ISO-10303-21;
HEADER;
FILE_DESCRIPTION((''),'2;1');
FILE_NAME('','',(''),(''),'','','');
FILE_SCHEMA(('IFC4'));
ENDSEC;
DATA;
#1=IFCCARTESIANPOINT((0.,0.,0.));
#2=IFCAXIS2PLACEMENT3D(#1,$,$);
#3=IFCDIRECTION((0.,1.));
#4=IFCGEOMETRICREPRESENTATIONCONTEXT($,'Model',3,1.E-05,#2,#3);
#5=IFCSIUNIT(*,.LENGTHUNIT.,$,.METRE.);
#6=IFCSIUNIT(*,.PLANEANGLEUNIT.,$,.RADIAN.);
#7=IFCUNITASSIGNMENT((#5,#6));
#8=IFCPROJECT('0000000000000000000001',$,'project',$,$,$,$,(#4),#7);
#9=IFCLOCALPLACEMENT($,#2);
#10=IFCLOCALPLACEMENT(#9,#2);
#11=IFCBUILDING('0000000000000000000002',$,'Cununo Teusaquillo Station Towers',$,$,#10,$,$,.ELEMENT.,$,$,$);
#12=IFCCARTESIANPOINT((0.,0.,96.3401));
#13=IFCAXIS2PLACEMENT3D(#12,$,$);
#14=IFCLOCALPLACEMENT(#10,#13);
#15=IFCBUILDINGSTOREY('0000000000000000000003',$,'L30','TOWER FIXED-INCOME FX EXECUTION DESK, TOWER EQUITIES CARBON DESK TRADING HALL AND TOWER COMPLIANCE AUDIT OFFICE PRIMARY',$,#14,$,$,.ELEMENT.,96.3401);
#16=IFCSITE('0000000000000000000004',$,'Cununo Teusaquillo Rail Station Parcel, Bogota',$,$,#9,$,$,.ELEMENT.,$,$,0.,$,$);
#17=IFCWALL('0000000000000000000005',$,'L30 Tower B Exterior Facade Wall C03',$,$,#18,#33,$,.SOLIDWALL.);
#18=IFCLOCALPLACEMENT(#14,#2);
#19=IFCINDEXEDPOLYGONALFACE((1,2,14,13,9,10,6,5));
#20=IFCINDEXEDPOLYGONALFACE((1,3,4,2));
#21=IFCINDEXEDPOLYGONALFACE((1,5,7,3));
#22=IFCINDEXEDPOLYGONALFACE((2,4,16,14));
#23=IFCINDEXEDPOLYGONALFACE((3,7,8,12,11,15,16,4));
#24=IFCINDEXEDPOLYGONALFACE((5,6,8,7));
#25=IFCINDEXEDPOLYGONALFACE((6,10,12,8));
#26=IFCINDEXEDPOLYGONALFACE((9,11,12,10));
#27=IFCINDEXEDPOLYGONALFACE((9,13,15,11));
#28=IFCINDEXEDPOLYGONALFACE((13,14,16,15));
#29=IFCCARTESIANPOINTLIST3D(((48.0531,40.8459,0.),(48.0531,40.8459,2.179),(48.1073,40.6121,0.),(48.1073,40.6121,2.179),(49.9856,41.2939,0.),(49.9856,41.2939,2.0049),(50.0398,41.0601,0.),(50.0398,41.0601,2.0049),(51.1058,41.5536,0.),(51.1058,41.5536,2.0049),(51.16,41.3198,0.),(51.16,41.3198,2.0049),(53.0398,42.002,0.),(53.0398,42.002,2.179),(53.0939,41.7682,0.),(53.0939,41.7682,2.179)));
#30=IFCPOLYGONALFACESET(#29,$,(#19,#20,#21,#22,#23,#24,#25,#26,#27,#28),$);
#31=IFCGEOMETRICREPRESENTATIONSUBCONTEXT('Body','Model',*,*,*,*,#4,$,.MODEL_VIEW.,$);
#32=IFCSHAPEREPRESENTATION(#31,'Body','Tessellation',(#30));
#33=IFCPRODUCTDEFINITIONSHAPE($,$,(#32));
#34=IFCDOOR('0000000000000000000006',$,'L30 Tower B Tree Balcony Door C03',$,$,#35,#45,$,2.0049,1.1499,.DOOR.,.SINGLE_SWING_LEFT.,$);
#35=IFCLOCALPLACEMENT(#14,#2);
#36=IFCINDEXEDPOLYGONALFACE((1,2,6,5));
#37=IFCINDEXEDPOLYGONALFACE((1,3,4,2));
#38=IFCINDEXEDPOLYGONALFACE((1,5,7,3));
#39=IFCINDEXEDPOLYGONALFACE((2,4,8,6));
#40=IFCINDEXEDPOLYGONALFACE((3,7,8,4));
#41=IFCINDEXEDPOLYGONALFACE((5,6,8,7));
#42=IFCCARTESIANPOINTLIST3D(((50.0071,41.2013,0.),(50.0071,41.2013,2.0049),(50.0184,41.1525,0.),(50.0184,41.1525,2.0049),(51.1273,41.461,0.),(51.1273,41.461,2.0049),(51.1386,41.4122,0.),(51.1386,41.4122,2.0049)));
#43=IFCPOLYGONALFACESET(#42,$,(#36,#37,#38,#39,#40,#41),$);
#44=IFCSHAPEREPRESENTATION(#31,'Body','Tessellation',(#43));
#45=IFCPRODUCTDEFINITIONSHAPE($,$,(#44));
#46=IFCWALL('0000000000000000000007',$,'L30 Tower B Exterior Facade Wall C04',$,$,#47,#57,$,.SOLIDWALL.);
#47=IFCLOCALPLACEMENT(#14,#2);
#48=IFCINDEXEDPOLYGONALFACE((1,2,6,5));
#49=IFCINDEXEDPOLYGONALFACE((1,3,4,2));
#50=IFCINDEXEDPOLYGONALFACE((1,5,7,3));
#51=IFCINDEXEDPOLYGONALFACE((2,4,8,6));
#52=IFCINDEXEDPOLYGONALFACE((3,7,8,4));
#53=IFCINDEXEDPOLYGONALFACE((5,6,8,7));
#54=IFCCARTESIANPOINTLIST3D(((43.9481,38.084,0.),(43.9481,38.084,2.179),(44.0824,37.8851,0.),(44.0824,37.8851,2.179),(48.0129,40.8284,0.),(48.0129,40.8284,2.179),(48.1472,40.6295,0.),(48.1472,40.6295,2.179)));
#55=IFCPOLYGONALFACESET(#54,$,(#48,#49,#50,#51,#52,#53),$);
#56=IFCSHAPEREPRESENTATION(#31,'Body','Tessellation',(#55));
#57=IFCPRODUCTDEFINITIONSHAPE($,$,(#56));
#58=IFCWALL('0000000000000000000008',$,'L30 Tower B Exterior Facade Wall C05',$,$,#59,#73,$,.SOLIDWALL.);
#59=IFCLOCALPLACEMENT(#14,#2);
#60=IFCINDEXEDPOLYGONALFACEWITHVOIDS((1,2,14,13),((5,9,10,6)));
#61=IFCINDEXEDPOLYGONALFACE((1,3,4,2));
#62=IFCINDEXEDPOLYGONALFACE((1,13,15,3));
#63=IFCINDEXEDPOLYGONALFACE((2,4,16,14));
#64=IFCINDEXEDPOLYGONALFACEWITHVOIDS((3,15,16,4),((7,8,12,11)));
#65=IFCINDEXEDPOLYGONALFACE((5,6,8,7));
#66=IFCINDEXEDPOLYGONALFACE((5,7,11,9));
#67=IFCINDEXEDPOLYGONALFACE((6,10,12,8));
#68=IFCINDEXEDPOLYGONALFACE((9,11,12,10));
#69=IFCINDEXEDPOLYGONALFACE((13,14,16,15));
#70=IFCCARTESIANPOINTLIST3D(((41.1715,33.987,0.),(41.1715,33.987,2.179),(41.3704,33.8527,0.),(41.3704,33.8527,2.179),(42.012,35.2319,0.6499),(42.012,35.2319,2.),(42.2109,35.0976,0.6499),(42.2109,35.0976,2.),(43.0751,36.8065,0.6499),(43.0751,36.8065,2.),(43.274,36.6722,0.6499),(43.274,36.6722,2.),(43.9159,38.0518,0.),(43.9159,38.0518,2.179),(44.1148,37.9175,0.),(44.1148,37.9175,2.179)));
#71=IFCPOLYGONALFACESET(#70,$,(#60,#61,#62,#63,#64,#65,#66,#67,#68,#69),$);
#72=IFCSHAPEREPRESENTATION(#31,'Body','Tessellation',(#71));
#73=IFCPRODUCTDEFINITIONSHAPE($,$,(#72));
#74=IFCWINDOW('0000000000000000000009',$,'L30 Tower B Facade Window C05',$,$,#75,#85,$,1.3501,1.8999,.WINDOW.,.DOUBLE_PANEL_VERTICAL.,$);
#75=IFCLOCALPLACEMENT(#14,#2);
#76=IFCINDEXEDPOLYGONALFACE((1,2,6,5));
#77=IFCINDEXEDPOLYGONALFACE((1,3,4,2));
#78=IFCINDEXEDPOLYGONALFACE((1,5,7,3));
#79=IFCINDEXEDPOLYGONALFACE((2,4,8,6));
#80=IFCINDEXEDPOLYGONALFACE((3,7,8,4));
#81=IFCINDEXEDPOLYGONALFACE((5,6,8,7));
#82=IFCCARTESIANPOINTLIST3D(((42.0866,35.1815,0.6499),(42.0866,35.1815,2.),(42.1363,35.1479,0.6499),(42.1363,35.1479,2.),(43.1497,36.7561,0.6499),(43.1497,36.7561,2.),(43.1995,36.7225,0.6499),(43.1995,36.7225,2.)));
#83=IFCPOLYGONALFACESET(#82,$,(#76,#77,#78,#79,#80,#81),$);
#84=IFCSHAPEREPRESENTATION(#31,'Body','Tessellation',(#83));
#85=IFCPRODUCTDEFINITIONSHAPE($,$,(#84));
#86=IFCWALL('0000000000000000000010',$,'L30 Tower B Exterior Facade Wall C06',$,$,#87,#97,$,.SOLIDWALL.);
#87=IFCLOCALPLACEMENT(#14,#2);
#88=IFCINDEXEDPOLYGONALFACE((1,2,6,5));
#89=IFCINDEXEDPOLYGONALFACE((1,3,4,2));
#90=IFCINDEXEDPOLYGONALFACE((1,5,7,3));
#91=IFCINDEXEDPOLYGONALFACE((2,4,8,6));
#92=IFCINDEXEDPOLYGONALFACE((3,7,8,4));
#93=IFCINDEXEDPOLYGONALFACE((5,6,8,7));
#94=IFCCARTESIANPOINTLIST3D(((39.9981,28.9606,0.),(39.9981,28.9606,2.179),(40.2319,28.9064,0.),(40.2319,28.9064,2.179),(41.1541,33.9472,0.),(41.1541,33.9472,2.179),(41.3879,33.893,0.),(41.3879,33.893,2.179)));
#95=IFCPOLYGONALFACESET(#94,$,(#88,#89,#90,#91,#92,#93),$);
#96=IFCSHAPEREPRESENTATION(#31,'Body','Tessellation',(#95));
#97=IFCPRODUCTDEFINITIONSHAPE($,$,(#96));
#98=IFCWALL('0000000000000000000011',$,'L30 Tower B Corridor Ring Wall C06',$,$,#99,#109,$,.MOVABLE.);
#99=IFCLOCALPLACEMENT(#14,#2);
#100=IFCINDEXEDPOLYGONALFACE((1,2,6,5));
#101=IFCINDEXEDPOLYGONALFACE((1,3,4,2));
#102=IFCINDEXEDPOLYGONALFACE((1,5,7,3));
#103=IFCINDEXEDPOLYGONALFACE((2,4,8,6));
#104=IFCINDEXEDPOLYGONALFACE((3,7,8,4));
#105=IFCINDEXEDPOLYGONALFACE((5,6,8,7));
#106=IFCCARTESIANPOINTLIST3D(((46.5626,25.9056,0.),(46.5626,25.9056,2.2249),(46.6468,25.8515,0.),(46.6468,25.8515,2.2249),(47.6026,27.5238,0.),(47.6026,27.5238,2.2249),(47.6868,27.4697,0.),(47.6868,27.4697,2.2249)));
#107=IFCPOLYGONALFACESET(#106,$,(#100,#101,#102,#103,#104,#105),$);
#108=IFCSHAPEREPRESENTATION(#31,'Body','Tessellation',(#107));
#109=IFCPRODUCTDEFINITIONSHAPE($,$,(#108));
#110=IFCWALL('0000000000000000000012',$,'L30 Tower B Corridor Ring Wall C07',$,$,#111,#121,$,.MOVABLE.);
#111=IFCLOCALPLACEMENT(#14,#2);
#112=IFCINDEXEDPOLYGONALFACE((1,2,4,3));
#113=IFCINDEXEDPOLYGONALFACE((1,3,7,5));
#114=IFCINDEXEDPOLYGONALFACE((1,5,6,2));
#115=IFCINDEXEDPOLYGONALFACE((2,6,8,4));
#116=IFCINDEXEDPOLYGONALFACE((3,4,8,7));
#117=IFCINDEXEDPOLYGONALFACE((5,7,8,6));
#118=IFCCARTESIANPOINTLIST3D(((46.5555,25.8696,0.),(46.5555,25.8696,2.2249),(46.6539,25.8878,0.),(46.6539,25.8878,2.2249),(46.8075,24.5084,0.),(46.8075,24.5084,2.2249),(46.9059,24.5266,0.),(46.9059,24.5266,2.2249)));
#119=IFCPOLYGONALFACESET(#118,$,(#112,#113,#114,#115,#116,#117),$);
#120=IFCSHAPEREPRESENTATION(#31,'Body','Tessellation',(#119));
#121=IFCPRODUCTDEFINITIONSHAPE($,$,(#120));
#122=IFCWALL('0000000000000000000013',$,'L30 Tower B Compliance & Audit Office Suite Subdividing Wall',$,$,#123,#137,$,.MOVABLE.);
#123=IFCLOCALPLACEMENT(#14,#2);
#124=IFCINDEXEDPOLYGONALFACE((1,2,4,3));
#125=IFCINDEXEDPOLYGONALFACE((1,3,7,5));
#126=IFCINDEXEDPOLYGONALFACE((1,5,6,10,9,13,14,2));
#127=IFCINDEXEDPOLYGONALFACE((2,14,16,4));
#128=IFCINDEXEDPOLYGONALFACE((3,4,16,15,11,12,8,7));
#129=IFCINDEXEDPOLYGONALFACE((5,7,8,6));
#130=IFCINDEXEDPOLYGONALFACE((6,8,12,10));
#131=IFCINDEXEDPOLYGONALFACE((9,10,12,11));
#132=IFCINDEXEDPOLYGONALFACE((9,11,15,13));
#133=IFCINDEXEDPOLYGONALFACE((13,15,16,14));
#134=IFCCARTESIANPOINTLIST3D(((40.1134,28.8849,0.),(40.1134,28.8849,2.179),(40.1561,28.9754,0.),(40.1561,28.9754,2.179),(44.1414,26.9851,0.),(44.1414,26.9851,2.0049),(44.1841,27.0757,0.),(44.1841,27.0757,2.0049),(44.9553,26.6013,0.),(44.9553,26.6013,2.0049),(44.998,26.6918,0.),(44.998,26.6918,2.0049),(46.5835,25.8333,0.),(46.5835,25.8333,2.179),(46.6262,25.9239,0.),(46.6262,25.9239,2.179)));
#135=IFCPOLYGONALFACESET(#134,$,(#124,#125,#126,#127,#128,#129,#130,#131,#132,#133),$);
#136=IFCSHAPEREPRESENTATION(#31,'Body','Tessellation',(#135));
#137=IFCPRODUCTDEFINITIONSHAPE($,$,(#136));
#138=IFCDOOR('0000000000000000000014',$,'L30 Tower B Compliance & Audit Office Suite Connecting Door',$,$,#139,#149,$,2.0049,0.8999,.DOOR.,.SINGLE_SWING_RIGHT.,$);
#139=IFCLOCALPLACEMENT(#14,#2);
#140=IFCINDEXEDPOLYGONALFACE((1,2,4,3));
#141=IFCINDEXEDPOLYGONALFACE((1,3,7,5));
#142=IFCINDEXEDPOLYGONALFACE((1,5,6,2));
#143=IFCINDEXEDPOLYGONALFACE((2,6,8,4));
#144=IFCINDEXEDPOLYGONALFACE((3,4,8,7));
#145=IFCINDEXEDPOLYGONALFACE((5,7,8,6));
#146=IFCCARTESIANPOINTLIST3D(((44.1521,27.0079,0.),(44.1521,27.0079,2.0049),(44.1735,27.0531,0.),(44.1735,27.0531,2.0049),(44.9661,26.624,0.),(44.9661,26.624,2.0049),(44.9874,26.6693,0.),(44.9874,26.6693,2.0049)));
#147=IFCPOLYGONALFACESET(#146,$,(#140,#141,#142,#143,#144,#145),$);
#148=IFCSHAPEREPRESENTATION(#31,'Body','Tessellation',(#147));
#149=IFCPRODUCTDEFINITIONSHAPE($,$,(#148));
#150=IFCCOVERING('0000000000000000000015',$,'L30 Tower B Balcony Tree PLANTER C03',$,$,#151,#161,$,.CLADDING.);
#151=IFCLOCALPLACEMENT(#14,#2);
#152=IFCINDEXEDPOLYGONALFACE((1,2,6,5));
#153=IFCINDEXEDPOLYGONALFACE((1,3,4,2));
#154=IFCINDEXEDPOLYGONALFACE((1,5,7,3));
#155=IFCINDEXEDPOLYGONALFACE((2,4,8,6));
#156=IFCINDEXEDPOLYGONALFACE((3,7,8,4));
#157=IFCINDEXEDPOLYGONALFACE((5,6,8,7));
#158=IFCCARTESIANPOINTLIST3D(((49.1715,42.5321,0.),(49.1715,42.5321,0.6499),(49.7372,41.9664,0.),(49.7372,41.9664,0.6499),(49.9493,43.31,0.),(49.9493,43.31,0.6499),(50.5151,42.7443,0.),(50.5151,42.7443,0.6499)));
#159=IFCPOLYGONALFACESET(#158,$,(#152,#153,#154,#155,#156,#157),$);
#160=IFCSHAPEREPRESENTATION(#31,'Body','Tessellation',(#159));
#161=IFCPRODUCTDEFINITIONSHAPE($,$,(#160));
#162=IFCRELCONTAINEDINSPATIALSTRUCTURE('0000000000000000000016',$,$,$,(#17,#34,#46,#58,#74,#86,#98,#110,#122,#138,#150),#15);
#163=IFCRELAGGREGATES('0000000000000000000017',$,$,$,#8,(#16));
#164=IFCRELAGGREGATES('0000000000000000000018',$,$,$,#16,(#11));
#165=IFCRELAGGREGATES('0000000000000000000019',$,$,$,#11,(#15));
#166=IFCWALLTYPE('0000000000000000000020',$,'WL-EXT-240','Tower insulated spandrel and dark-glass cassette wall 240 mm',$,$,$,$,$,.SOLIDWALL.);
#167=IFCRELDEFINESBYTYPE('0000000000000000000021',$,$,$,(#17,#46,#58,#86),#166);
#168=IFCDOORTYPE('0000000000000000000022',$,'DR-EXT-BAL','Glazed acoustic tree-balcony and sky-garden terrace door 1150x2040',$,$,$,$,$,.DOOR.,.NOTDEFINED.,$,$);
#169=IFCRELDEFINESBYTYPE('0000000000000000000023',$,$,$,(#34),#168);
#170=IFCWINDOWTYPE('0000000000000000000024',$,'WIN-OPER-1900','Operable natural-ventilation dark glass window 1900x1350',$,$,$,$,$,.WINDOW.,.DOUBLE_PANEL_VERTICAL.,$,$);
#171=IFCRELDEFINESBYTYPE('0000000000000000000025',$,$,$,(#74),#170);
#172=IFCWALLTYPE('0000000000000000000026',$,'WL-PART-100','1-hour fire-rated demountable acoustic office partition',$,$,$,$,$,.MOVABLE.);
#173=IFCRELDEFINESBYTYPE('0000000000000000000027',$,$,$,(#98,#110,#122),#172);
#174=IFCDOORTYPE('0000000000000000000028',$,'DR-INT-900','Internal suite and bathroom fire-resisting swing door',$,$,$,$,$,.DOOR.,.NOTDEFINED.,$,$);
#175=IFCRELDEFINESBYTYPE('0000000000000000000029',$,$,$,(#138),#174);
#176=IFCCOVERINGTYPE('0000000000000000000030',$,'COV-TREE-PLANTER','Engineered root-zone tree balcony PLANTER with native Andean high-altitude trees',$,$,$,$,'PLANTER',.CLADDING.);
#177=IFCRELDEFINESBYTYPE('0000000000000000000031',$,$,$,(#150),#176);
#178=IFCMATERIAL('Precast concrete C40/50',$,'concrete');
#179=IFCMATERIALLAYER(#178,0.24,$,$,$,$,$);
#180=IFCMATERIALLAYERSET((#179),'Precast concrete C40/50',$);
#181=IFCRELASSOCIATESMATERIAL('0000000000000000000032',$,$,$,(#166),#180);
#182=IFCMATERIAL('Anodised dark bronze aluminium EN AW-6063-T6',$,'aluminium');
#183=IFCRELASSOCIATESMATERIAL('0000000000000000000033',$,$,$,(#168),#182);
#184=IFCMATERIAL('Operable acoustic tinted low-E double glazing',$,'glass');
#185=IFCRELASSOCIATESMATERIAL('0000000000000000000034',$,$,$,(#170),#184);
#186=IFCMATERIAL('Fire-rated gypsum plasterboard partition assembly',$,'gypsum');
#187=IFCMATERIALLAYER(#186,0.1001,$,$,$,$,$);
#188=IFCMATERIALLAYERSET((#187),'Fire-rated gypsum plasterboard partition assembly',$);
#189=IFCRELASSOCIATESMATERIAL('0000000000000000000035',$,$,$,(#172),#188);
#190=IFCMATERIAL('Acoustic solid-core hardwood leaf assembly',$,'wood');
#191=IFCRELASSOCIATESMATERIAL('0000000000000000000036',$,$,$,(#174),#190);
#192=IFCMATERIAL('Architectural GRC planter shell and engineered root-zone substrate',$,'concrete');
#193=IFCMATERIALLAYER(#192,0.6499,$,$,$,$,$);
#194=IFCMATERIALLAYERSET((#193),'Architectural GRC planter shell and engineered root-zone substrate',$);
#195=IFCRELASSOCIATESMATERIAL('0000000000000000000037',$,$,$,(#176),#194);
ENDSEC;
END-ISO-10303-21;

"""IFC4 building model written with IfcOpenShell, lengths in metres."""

from ifc_helpers import new_model, si_unit, direction, frame, frame_2d, origin, origin_2d, place, context, subcontext, project, spatial, rectangle, extrude, source, transform, mapped, material, layer, layer_set, type_object, element, fill, save


model = new_model("IFC4")

# Units and contexts
model_context = context("Model", 3, precision=1e-05, world=origin(), true_north=direction((0.0, 1.0)))
body_context = subcontext(model_context, "Body", "Model", "MODEL_VIEW")
ifc_project = project(units=[si_unit("LENGTHUNIT", "METRE"), si_unit("PLANEANGLEUNIT", "RADIAN")], contexts=[model_context])

# Site, building, storey
site_placement = place(None, origin())
site = spatial("IfcSite", under=ifc_project, at=site_placement, Name="Cununo Teusaquillo Rail Station Parcel, Bogota", CompositionType="ELEMENT", RefElevation=0.0)
building_placement = place(site_placement, origin())
building = spatial("IfcBuilding", under=site, at=building_placement, Name="Cununo Teusaquillo Station Towers", CompositionType="ELEMENT")
storey_placement = place(building_placement, frame((0.0, 0.0, 96.3401)))
storey = spatial("IfcBuildingStorey", under=building, at=storey_placement, Name="L30", Description="TOWER FIXED-INCOME FX EXECUTION DESK, TOWER EQUITIES CARBON DESK TRADING HALL AND TOWER COMPLIANCE AUDIT OFFICE PRIMARY", CompositionType="ELEMENT", Elevation=96.3401)

# Wall, opening, door
ifc_material_1 = material(Name="Precast concrete C40/50", Category="concrete")
ifc_layer_1 = layer(ifc_material_1, 0.24)
ifc_layer_set_1 = layer_set([ifc_layer_1], Name="Precast concrete C40/50")
wall_type_1 = type_object("IfcWallType", Name="WL-EXT-240", Description="Tower insulated spandrel and dark-glass cassette wall 240 mm", PredefinedType="SOLIDWALL", material=ifc_layer_set_1)
wall_1_placement = place(storey_placement, frame((48.0801, 40.729, 0.0), z_axis=(0.0, 0.0, 1.0), x_axis=(0.974166, 0.225835, 0.0)))
wall_1 = element("IfcWall", 1, at=wall_1_placement, inside=storey, type_object=wall_type_1, Name="L30 Tower B Exterior Facade Wall C03", PredefinedType="SOLIDWALL", context=body_context, shape_type="SweptSolid", body=[
    extrude(rectangle(XDim=5.1189, YDim=0.24, at=frame_2d((2.5596, 0.0))), origin(), (0.0, 0.0, 1.0), 2.179),
])
shared_shape_1 = source(origin(), body_context, "Body", "SweptSolid", [
    extrude(rectangle(XDim=1.1499, YDim=2.0049, at=frame_2d((0.575, 1.0024))), frame((0.0, 0.1299, 0.0), z_axis=(0.0, -1.0, 0.0), x_axis=(1.0, 0.0, 0.0)), (0.0, 0.0, 1.0), 0.26),
])
opening_1_placement = place(wall_1_placement, frame((1.9839, 0.0, 0.0)))
opening_1 = element("IfcOpeningElement", 2, at=opening_1_placement, cuts=wall_1, PredefinedType="OPENING", context=body_context, shape_type="MappedRepresentation", body=[
    mapped(shared_shape_1, transform((0.0, 0.0, 0.0), x_axis=(1.0, 0.0, 0.0), y_axis=(0.0, 1.0, 0.0), z_axis=(0.0, 0.0, 1.0), scale=1.0)),
])
ifc_material_2 = material(Name="Anodised dark bronze aluminium EN AW-6063-T6", Category="aluminium")
door_type_1 = type_object("IfcDoorType", Name="DR-EXT-BAL", Description="Glazed acoustic tree-balcony and sky-garden terrace door 1150x2040", OperationType="NOTDEFINED", PredefinedType="DOOR", material=ifc_material_2)
shared_shape_2 = source(origin(), body_context, "Body", "SweptSolid", [
    extrude(rectangle(XDim=1.1499, YDim=2.0049, at=frame_2d((0.575, 1.0024))), frame((0.0, 0.0249, 0.0), z_axis=(0.0, -1.0, 0.0), x_axis=(1.0, 0.0, 0.0)), (0.0, 0.0, 1.0), 0.05),
])
door_1_placement = place(opening_1_placement, origin())
door_1 = element("IfcDoor", 3, at=door_1_placement, inside=storey, type_object=door_type_1, Name="L30 Tower B Tree Balcony Door C03", OperationType="SINGLE_SWING_LEFT", OverallHeight=2.0049, OverallWidth=1.1499, PredefinedType="DOOR", context=body_context, shape_type="MappedRepresentation", body=[
    mapped(shared_shape_2, transform((0.0, 0.0, 0.0), x_axis=(1.0, 0.0, 0.0), y_axis=(0.0, 1.0, 0.0), z_axis=(0.0, 0.0, 1.0), scale=1.0)),
])
fill(opening_1, door_1)

# Wall
wall_2_placement = place(storey_placement, frame((44.0154, 37.9846, 0.0), z_axis=(0.0, 0.0, 1.0), x_axis=(0.828781, 0.559573, 0.0)))
element("IfcWall", 4, at=wall_2_placement, inside=storey, type_object=wall_type_1, Name="L30 Tower B Exterior Facade Wall C04", PredefinedType="SOLIDWALL", context=body_context, shape_type="SweptSolid", body=[
    extrude(rectangle(XDim=4.9045, YDim=0.24, at=frame_2d((2.4521, 0.0))), origin(), (0.0, 0.0, 1.0), 2.179),
])

# Wall, opening, window
wall_3_placement = place(storey_placement, frame((41.271, 33.9199, 0.0), z_axis=(0.0, 0.0, 1.0), x_axis=(0.559573, 0.828781, 0.0)))
wall_3 = element("IfcWall", 5, at=wall_3_placement, inside=storey, type_object=wall_type_1, Name="L30 Tower B Exterior Facade Wall C05", PredefinedType="SOLIDWALL", context=body_context, shape_type="SweptSolid", body=[
    extrude(rectangle(XDim=4.9045, YDim=0.24, at=frame_2d((2.4521, 0.0))), origin(), (0.0, 0.0, 1.0), 2.179),
])
shared_shape_3 = source(origin(), body_context, "Body", "SweptSolid", [
    extrude(rectangle(XDim=1.8999, YDim=1.3501, at=frame_2d((0.95, 0.675))), frame((0.0, 0.1299, 0.0), z_axis=(0.0, -1.0, 0.0), x_axis=(1.0, 0.0, 0.0)), (0.0, 0.0, 1.0), 0.26),
])
opening_2_placement = place(wall_3_placement, frame((1.502, 0.0, 0.6499)))
opening_2 = element("IfcOpeningElement", 6, at=opening_2_placement, cuts=wall_3, PredefinedType="OPENING", context=body_context, shape_type="MappedRepresentation", body=[
    mapped(shared_shape_3, transform((0.0, 0.0, 0.0), x_axis=(1.0, 0.0, 0.0), y_axis=(0.0, 1.0, 0.0), z_axis=(0.0, 0.0, 1.0), scale=1.0)),
])
ifc_material_3 = material(Name="Operable acoustic tinted low-E double glazing", Category="glass")
window_type = type_object("IfcWindowType", Name="WIN-OPER-1900", Description="Operable natural-ventilation dark glass window 1900x1350", PartitioningType="DOUBLE_PANEL_VERTICAL", PredefinedType="WINDOW", material=ifc_material_3)
shared_shape_4 = source(origin(), body_context, "Body", "SweptSolid", [
    extrude(rectangle(XDim=1.8999, YDim=1.3501, at=frame_2d((0.95, 0.675))), frame((0.0, 0.03, 0.0), z_axis=(0.0, -1.0, 0.0), x_axis=(1.0, 0.0, 0.0)), (0.0, 0.0, 1.0), 0.0601),
])
window_placement = place(opening_2_placement, origin())
window = element("IfcWindow", 7, at=window_placement, inside=storey, type_object=window_type, Name="L30 Tower B Facade Window C05", OverallHeight=1.3501, OverallWidth=1.8999, PartitioningType="DOUBLE_PANEL_VERTICAL", PredefinedType="WINDOW", context=body_context, shape_type="MappedRepresentation", body=[
    mapped(shared_shape_4, transform((0.0, 0.0, 0.0), x_axis=(1.0, 0.0, 0.0), y_axis=(0.0, 1.0, 0.0), z_axis=(0.0, 0.0, 1.0), scale=1.0)),
])
fill(opening_2, window)

# Walls
wall_4_placement = place(storey_placement, frame((40.115, 28.9333, 0.0), z_axis=(0.0, 0.0, 1.0), x_axis=(0.225835, 0.974166, 0.0)))
element("IfcWall", 8, at=wall_4_placement, inside=storey, type_object=wall_type_1, Name="L30 Tower B Exterior Facade Wall C06", PredefinedType="SOLIDWALL", context=body_context, shape_type="SweptSolid", body=[
    extrude(rectangle(XDim=5.1189, YDim=0.24, at=frame_2d((2.5596, 0.0))), origin(), (0.0, 0.0, 1.0), 2.179),
])
ifc_material_4 = material(Name="Fire-rated gypsum plasterboard partition assembly", Category="gypsum")
ifc_layer_2 = layer(ifc_material_4, 0.1001)
ifc_layer_set_2 = layer_set([ifc_layer_2], Name="Fire-rated gypsum plasterboard partition assembly")
wall_type_2 = type_object("IfcWallType", Name="WL-PART-100", Description="1-hour fire-rated demountable acoustic office partition", PredefinedType="MOVABLE", material=ifc_layer_set_2)
wall_5_placement = place(storey_placement, frame((47.6448, 27.4968, 0.0), z_axis=(0.0, 0.0, 1.0), x_axis=(-0.540681, -0.841228, 0.0)))
element("IfcWall", 9, at=wall_5_placement, inside=storey, type_object=wall_type_2, Name="L30 Tower B Corridor Ring Wall C06", PredefinedType="MOVABLE", context=body_context, shape_type="SweptSolid", body=[
    extrude(rectangle(XDim=1.9236, YDim=0.1001, at=frame_2d((0.9619, 0.0))), origin(), (0.0, 0.0, 1.0), 2.2249),
])
wall_6_placement = place(storey_placement, frame((46.6047, 25.8787, 0.0), z_axis=(0.0, 0.0, 1.0), x_axis=(0.18202, -0.983295, 0.0)))
element("IfcWall", 10, at=wall_6_placement, inside=storey, type_object=wall_type_2, Name="L30 Tower B Corridor Ring Wall C07", PredefinedType="MOVABLE", context=body_context, shape_type="SweptSolid", body=[
    extrude(rectangle(XDim=1.3843, YDim=0.1001, at=frame_2d((0.6921, 0.0))), origin(), (0.0, 0.0, 1.0), 2.2249),
])

# Wall, opening, door
wall_7_placement = place(storey_placement, frame((46.6047, 25.8787, 0.0), z_axis=(0.0, 0.0, 1.0), x_axis=(-0.904451, 0.426578, 0.0)))
wall_7 = element("IfcWall", 11, at=wall_7_placement, inside=storey, type_object=wall_type_2, Name="L30 Tower B Compliance & Audit Office Suite Subdividing Wall", PredefinedType="MOVABLE", context=body_context, shape_type="SweptSolid", body=[
    extrude(rectangle(XDim=7.1536, YDim=0.1001, at=frame_2d((3.5767, 0.0))), origin(), (0.0, 0.0, 1.0), 2.179),
])
shared_shape_5 = source(origin(), body_context, "Body", "SweptSolid", [
    extrude(rectangle(XDim=0.8999, YDim=2.0049, at=frame_2d((0.45, 1.0024))), frame((0.0, 0.0601, 0.0), z_axis=(0.0, -1.0, 0.0), x_axis=(1.0, 0.0, 0.0)), (0.0, 0.0, 1.0), 0.1201),
])
opening_3_placement = place(wall_7_placement, frame((1.8, 0.0, 0.0)))
opening_3 = element("IfcOpeningElement", 12, at=opening_3_placement, cuts=wall_7, PredefinedType="OPENING", context=body_context, shape_type="MappedRepresentation", body=[
    mapped(shared_shape_5, transform((0.0, 0.0, 0.0), x_axis=(1.0, 0.0, 0.0), y_axis=(0.0, 1.0, 0.0), z_axis=(0.0, 0.0, 1.0), scale=1.0)),
])
ifc_material_5 = material(Name="Acoustic solid-core hardwood leaf assembly", Category="wood")
door_type_2 = type_object("IfcDoorType", Name="DR-INT-900", Description="Internal suite and bathroom fire-resisting swing door", OperationType="NOTDEFINED", PredefinedType="DOOR", material=ifc_material_5)
shared_shape_6 = source(origin(), body_context, "Body", "SweptSolid", [
    extrude(rectangle(XDim=0.8999, YDim=2.0049, at=frame_2d((0.45, 1.0024))), frame((0.0, 0.0249, 0.0), z_axis=(0.0, -1.0, 0.0), x_axis=(1.0, 0.0, 0.0)), (0.0, 0.0, 1.0), 0.05),
])
door_2_placement = place(opening_3_placement, origin())
door_2 = element("IfcDoor", 13, at=door_2_placement, inside=storey, type_object=door_type_2, Name="L30 Tower B Compliance & Audit Office Suite Connecting Door", OperationType="SINGLE_SWING_RIGHT", OverallHeight=2.0049, OverallWidth=0.8999, PredefinedType="DOOR", context=body_context, shape_type="MappedRepresentation", body=[
    mapped(shared_shape_6, transform((0.0, 0.0, 0.0), x_axis=(1.0, 0.0, 0.0), y_axis=(0.0, 1.0, 0.0), z_axis=(0.0, 0.0, 1.0), scale=1.0)),
])
fill(opening_3, door_2)

# Covering
ifc_material_6 = material(Name="Architectural GRC planter shell and engineered root-zone substrate", Category="concrete")
ifc_layer_3 = layer(ifc_material_6, 0.6499)
ifc_layer_set_3 = layer_set([ifc_layer_3], Name="Architectural GRC planter shell and engineered root-zone substrate")
covering_type = type_object("IfcCoveringType", Name="COV-TREE-PLANTER", Description="Engineered root-zone tree balcony PLANTER with native Andean high-altitude trees", ElementType="PLANTER", PredefinedType="CLADDING", material=ifc_layer_set_3)
shared_shape_7 = source(origin(), body_context, "Body", "SweptSolid", [
    extrude(rectangle(XDim=1.1001, YDim=0.8, at=origin_2d()), origin(), (0.0, 0.0, 1.0), 0.6499),
])
covering_placement = place(storey_placement, frame((49.8433, 42.6382, 0.0), z_axis=(0.0, 0.0, 1.0), x_axis=(0.707107, 0.707107, 0.0)))
element("IfcCovering", 14, at=covering_placement, inside=storey, type_object=covering_type, Name="L30 Tower B Balcony Tree PLANTER C03", PredefinedType="CLADDING", context=body_context, shape_type="MappedRepresentation", body=[
    mapped(shared_shape_7, transform((0.0, 0.0, 0.0), x_axis=(1.0, 0.0, 0.0), y_axis=(0.0, 1.0, 0.0), z_axis=(0.0, 0.0, 1.0), scale=1.0)),
])

save(model, "model.ifc")
